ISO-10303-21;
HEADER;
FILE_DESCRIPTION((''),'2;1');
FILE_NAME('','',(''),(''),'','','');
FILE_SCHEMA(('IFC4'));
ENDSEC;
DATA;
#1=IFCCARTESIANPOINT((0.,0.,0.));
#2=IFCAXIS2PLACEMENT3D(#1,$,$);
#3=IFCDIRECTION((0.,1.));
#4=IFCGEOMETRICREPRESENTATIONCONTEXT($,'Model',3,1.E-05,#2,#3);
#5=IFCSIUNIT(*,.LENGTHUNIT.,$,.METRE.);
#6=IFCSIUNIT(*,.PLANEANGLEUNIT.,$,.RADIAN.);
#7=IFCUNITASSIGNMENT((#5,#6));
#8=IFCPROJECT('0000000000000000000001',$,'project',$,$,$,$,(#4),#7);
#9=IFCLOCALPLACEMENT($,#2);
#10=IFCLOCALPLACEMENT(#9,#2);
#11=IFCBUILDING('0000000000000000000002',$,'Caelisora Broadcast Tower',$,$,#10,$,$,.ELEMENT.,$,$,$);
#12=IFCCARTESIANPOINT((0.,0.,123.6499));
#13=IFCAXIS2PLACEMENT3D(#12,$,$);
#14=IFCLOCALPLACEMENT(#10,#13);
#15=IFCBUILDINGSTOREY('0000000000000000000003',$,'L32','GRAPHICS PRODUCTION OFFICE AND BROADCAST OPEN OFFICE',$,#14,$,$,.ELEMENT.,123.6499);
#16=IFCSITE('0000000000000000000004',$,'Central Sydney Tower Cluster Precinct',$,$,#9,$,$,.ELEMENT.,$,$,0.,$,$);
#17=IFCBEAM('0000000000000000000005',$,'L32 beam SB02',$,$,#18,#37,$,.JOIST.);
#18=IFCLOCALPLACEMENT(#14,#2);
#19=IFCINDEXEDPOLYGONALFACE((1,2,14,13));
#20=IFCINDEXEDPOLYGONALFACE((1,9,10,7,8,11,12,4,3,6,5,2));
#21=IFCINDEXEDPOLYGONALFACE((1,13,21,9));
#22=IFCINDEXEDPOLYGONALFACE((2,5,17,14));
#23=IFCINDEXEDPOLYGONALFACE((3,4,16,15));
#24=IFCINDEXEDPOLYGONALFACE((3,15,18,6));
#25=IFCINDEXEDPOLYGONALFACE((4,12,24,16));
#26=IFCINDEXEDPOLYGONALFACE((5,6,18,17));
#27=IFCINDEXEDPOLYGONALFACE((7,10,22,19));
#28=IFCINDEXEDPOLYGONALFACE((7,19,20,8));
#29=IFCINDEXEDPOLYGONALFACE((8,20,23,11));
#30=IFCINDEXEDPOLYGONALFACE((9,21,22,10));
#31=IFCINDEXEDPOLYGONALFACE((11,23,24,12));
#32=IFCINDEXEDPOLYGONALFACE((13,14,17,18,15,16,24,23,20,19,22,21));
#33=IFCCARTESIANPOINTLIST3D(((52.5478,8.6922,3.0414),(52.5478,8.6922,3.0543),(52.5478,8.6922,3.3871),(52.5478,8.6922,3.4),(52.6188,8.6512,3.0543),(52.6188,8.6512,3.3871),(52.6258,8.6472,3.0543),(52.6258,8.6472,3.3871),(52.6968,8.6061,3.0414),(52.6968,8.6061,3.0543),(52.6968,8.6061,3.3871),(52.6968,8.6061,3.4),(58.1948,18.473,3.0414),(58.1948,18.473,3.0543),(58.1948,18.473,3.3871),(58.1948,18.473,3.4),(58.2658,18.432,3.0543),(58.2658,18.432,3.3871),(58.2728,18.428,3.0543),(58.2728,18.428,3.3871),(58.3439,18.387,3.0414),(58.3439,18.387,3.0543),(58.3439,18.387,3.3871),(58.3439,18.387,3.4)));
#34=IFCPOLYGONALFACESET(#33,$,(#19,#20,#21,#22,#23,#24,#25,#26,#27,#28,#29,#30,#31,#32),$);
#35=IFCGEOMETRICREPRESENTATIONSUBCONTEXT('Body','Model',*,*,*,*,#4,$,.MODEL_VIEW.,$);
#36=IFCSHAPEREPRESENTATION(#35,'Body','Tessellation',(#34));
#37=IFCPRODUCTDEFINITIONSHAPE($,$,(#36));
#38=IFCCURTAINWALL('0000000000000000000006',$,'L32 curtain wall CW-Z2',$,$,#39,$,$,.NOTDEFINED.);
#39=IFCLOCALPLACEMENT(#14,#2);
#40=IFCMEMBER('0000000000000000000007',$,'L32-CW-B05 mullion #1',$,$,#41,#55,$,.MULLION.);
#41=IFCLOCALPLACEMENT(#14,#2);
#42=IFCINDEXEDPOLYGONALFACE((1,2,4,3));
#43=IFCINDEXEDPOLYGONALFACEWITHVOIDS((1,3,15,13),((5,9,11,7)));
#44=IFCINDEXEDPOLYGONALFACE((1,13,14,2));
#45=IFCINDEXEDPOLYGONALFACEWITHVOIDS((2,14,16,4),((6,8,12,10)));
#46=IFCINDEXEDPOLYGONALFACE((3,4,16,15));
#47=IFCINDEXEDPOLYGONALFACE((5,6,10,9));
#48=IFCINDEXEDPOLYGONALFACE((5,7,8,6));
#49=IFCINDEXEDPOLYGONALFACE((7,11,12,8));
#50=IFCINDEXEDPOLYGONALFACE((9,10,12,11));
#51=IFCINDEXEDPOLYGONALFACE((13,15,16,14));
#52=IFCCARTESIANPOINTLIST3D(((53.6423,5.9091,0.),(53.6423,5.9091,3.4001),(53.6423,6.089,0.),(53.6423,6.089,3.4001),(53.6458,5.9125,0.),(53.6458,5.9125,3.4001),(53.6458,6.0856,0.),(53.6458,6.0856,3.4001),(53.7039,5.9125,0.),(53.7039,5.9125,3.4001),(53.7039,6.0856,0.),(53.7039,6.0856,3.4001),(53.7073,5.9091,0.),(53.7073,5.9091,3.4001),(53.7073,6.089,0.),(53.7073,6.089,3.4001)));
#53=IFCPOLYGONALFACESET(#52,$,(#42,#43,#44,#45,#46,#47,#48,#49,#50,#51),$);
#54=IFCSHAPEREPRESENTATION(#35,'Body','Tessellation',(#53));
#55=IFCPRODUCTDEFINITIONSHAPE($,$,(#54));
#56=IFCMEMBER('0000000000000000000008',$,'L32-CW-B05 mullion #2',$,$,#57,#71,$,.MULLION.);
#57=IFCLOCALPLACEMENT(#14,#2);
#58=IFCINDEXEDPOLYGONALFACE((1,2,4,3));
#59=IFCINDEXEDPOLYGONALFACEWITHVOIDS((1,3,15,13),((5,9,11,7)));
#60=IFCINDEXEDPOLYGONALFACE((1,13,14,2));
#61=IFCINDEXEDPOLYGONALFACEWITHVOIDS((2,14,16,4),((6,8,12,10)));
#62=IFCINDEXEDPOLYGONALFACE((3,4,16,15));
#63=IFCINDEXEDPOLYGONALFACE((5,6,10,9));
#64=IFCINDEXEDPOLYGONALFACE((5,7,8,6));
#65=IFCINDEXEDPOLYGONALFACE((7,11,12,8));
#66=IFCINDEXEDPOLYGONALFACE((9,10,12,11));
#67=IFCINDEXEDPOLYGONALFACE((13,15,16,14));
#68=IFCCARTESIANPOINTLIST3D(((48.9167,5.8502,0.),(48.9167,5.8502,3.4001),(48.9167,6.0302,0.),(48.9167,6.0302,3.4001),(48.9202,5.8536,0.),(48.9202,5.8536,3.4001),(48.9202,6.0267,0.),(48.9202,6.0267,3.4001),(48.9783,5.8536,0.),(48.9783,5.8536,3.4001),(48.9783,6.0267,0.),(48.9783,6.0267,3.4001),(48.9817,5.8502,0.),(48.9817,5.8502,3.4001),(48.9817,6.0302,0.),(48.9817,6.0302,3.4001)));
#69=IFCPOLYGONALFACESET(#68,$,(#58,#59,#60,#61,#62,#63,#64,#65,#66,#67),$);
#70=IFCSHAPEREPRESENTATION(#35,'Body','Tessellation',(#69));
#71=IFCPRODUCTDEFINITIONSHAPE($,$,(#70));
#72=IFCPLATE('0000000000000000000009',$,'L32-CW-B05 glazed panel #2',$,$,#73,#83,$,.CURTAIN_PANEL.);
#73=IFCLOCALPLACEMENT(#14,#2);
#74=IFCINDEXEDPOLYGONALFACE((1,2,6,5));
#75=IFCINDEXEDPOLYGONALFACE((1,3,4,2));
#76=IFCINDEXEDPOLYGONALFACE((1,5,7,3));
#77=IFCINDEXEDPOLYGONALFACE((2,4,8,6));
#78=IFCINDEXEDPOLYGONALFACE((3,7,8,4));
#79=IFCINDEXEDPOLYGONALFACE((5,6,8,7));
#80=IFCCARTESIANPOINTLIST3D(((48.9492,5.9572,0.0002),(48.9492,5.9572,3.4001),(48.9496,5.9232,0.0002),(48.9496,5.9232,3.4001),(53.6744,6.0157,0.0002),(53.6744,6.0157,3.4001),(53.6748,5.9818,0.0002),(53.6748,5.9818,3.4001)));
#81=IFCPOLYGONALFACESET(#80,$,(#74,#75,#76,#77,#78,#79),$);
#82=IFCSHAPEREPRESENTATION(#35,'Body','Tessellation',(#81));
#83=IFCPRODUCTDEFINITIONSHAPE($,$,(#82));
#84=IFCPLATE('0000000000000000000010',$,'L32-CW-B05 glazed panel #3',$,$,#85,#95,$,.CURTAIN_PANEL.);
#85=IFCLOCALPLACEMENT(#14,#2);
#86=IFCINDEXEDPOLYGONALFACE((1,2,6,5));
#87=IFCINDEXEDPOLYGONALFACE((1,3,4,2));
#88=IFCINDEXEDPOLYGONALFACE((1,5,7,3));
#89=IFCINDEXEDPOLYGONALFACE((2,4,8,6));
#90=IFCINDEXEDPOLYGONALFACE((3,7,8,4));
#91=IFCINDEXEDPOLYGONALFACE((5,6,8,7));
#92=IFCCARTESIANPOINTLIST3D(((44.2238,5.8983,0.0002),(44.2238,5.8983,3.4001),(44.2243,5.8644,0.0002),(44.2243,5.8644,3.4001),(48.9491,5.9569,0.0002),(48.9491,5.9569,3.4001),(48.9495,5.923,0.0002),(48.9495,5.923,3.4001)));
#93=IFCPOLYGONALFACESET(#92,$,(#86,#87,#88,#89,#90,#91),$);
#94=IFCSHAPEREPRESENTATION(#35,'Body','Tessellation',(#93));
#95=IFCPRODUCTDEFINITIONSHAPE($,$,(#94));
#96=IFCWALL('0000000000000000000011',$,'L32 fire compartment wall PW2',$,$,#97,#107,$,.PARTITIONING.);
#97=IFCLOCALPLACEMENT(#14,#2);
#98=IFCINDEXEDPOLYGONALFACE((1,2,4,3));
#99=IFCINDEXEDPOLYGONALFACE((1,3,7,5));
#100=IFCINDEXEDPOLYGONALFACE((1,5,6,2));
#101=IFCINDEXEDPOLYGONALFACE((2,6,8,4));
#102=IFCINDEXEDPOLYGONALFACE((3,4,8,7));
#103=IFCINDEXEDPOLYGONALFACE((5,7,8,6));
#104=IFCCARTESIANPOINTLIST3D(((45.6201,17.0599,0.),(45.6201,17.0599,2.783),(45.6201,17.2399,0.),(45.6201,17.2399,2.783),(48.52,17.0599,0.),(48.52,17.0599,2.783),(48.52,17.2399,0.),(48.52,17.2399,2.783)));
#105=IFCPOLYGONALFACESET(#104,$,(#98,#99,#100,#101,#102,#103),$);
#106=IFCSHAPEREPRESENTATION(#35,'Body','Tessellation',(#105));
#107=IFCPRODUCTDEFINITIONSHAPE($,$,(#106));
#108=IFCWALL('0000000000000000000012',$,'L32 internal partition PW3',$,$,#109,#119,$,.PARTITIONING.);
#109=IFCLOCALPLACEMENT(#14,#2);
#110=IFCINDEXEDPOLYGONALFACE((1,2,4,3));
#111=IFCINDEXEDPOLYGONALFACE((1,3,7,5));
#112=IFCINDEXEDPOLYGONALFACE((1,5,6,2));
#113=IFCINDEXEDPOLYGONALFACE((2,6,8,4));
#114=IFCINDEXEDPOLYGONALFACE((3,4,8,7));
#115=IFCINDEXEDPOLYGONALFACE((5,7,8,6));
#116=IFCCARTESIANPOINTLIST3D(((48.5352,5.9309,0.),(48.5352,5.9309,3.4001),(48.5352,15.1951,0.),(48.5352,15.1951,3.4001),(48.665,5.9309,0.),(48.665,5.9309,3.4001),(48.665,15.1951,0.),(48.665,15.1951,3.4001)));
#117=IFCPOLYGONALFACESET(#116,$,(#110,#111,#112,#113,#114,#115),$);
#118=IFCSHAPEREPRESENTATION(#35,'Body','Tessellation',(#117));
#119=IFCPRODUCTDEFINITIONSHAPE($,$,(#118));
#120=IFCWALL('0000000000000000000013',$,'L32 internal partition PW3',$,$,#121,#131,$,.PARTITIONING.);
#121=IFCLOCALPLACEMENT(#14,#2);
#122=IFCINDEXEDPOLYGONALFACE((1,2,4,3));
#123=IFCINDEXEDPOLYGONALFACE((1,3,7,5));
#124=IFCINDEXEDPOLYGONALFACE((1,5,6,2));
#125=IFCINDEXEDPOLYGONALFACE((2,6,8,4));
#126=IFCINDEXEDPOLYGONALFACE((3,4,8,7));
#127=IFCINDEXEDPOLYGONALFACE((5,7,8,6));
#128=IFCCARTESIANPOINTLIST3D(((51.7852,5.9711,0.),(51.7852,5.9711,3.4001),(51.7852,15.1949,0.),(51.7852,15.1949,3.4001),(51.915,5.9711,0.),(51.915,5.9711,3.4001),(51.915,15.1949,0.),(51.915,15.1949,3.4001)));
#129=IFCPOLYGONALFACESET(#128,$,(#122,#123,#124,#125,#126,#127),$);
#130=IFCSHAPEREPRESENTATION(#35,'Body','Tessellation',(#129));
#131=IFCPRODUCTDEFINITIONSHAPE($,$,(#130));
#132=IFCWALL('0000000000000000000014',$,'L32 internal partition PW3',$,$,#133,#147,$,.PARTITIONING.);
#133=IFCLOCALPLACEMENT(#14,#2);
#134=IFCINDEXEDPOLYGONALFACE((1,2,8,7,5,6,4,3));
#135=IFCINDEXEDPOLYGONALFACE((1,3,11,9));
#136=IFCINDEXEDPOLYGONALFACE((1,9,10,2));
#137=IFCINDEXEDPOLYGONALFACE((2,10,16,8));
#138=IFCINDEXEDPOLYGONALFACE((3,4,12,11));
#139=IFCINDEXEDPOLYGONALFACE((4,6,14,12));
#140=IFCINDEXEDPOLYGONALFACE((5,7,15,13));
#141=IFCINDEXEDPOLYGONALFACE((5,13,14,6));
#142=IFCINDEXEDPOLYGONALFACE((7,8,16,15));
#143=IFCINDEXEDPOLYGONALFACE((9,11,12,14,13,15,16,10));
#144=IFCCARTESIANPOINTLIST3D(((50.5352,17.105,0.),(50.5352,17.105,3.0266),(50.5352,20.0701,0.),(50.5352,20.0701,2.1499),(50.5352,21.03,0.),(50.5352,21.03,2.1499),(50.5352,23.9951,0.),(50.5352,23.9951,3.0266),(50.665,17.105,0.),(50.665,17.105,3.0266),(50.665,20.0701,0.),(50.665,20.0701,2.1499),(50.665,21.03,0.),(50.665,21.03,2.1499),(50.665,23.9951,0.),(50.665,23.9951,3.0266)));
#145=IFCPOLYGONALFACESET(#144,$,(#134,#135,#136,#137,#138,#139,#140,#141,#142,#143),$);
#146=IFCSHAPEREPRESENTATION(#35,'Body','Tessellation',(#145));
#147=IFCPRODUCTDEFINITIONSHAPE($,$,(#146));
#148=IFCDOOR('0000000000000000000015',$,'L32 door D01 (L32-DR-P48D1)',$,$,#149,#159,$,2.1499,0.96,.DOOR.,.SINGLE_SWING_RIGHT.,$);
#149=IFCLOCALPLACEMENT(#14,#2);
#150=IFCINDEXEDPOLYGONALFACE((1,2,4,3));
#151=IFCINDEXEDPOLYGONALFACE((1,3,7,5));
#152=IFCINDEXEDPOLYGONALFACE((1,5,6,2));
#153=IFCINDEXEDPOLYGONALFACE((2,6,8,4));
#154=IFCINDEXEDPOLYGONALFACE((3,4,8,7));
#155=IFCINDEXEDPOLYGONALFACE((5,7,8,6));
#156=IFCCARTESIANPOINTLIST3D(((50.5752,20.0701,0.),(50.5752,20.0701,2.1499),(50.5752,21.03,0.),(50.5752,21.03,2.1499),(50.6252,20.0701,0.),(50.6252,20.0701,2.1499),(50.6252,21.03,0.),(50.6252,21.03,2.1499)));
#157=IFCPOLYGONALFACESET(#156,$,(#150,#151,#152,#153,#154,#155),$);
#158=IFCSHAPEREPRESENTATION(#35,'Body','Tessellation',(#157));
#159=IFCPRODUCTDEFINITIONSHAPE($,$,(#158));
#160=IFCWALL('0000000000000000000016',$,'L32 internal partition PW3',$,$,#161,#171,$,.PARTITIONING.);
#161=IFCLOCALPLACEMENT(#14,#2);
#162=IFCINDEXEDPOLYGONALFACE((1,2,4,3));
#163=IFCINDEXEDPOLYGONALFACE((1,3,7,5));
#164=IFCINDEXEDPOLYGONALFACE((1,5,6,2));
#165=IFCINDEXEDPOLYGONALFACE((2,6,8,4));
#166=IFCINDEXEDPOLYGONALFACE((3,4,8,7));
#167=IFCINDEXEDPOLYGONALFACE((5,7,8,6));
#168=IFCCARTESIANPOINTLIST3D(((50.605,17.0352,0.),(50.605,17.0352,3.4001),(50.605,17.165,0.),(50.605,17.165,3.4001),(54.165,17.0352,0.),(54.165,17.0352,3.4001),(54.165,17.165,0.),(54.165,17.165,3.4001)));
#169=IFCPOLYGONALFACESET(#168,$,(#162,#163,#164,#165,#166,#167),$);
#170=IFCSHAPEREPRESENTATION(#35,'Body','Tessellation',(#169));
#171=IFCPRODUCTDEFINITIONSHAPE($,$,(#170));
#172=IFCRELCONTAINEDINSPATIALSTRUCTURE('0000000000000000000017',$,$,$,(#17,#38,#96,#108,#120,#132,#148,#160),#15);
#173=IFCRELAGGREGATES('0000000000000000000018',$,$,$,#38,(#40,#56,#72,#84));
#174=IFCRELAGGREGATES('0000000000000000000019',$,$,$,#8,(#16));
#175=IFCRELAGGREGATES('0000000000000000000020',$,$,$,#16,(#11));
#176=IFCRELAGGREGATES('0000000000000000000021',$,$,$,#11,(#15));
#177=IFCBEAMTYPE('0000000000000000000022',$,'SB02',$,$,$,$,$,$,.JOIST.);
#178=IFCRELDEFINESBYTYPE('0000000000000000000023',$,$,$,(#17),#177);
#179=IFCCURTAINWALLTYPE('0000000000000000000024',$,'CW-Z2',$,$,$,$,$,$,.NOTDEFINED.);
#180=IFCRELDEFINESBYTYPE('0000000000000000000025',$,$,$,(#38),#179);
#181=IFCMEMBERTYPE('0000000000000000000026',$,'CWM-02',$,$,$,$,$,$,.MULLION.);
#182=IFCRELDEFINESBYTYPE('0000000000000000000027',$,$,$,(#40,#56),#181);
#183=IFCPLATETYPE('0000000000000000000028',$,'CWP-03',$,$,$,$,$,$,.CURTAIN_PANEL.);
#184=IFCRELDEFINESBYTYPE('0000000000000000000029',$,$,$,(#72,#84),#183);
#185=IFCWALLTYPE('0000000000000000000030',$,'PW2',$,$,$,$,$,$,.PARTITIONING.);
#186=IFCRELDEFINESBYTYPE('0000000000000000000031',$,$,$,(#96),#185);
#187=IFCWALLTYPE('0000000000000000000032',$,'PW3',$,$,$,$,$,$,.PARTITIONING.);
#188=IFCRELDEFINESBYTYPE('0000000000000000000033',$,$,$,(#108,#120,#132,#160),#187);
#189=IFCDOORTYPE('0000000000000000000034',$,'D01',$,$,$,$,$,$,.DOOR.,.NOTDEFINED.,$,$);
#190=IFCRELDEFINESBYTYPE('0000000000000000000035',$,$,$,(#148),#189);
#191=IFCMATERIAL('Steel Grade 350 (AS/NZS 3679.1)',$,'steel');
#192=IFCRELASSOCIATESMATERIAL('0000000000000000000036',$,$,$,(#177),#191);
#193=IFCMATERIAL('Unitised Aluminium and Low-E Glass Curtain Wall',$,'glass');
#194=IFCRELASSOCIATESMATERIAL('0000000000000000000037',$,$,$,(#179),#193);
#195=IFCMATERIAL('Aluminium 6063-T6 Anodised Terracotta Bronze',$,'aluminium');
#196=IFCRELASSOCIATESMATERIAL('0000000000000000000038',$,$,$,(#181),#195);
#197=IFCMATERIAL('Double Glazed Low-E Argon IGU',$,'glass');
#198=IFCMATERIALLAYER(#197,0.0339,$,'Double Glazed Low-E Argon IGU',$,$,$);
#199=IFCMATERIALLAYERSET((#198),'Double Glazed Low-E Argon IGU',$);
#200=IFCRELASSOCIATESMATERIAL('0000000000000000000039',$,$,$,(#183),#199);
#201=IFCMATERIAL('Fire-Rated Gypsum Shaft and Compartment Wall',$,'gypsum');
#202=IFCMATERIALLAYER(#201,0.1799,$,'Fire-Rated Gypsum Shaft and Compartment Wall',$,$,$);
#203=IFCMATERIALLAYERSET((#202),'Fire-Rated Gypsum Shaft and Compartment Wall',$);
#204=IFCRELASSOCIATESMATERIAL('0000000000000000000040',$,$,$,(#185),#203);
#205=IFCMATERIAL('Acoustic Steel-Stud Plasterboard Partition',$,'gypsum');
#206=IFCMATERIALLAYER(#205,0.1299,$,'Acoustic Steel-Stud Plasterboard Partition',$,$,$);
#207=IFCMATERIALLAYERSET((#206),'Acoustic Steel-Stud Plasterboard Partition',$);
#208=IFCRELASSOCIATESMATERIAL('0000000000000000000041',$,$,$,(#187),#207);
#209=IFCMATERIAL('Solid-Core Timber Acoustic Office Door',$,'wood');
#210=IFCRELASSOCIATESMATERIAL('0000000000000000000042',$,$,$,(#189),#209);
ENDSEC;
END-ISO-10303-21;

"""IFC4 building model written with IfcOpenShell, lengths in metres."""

from ifc_helpers import new_model, si_unit, direction, frame, frame_2d, origin, origin_2d, place, context, subcontext, project, spatial, rectangle, hollow_rectangle, i_section, extrude, source, transform, mapped, material, layer, layer_set, material_profile, profile_set, type_object, type_shapes, element, fill, aggregate, save


model = new_model("IFC4")

# Units and contexts
model_context = context("Model", 3, precision=1e-05, world=origin(), true_north=direction((0.0, 1.0)))
body_context = subcontext(model_context, "Body", "Model", "MODEL_VIEW")
ifc_project = project(units=[si_unit("LENGTHUNIT", "METRE"), si_unit("PLANEANGLEUNIT", "RADIAN")], contexts=[model_context])

# Site, building, storey
site_placement = place(None, origin())
site = spatial("IfcSite", under=ifc_project, at=site_placement, Name="Central Sydney Tower Cluster Precinct", CompositionType="ELEMENT", RefElevation=0.0)
building_placement = place(site_placement, origin())
building = spatial("IfcBuilding", under=site, at=building_placement, Name="Caelisora Broadcast Tower", CompositionType="ELEMENT")
storey_placement = place(building_placement, frame((0.0, 0.0, 123.6499)))
storey = spatial("IfcBuildingStorey", under=building, at=storey_placement, Name="L32", Description="GRAPHICS PRODUCTION OFFICE AND BROADCAST OPEN OFFICE", CompositionType="ELEMENT", Elevation=123.6499)

# Beam
ifc_material_1 = material(Name="Steel Grade 350 (AS/NZS 3679.1)", Category="steel")
ifc_material_profile_1 = material_profile(ifc_material_1, i_section(OverallWidth=0.1721, OverallDepth=0.3586, WebThickness=0.0081, FlangeThickness=0.0129, at=origin_2d()), Name="Steel Grade 350 (AS/NZS 3679.1)")
ifc_profile_set_1 = profile_set([ifc_material_profile_1], Name="Steel Grade 350 (AS/NZS 3679.1)")
beam_type_1 = type_object("IfcBeamType", Name="SB02", PredefinedType="JOIST", material=ifc_profile_set_1)
shared_shape_1 = source(origin(), body_context, "Body", "SweptSolid", [
    extrude(i_section(OverallWidth=0.1721, OverallDepth=0.3586, WebThickness=0.0081, FlangeThickness=0.0129, at=origin_2d()), origin(), (0.0, 0.0, 1.0), 11.2939),
])
beam_1_placement = place(storey_placement, frame((52.6223, 8.6492, 3.2207), z_axis=(0.500003, 0.866024, 0.0), x_axis=(-0.866024, 0.500003, 0.0)))
element("IfcBeam", 1, at=beam_1_placement, inside=storey, type_object=beam_type_1, Name="L32 beam SB02", PredefinedType="JOIST", context=body_context, shape_type="MappedRepresentation", body=[
    mapped(shared_shape_1, transform((0.0, 0.0, 0.0), scale=1.0)),
])

# Curtain wall, members, plates
ifc_material_2 = material(Name="Unitised Aluminium and Low-E Glass Curtain Wall", Category="glass")
curtain_wall_type = type_object("IfcCurtainWallType", Name="CW-Z2", PredefinedType="NOTDEFINED", material=ifc_material_2)
curtain_wall_placement = place(storey_placement, origin())
curtain_wall = element("IfcCurtainWall", 2, at=curtain_wall_placement, inside=storey, type_object=curtain_wall_type, Name="L32 curtain wall CW-Z2", PredefinedType="NOTDEFINED")
ifc_material_3 = material(Name="Aluminium 6063-T6 Anodised Terracotta Bronze", Category="aluminium")
ifc_material_profile_2 = material_profile(ifc_material_3, hollow_rectangle(XDim=0.0649, YDim=0.1799, WallThickness=0.0034, at=origin_2d()), Name="Aluminium 6063-T6 Anodised Terracotta Bronze")
ifc_profile_set_2 = profile_set([ifc_material_profile_2], Name="Aluminium 6063-T6 Anodised Terracotta Bronze")
member_type = type_object("IfcMemberType", Name="CWM-02", PredefinedType="MULLION", material=ifc_profile_set_2)
shared_shape_2 = source(origin(), body_context, "Body", "SweptSolid", [
    extrude(hollow_rectangle(XDim=0.0649, YDim=0.1799, WallThickness=0.0034, at=origin_2d()), origin(), (0.0, 0.0, 1.0), 3.4001),
])
type_shapes(member_type, [shared_shape_2])
member_1_placement = place(storey_placement, frame((53.6748, 5.999, 0.0), z_axis=(0.0, 0.0, 1.0), x_axis=(1.0, 0.0, 0.0)))
member_1 = element("IfcMember", 3, at=member_1_placement, type_object=member_type, Name="L32-CW-B05 mullion #1", PredefinedType="MULLION", context=body_context, shape_type="MappedRepresentation", body=[
    mapped(shared_shape_2, transform((0.0, 0.0, 0.0), scale=1.0)),
])
member_2_placement = place(storey_placement, frame((48.9492, 5.9402, 0.0), z_axis=(0.0, 0.0, 1.0), x_axis=(1.0, 0.0, 0.0)))
member_2 = element("IfcMember", 4, at=member_2_placement, type_object=member_type, Name="L32-CW-B05 mullion #2", PredefinedType="MULLION", context=body_context, shape_type="MappedRepresentation", body=[
    mapped(shared_shape_2, transform((0.0, 0.0, 0.0), scale=1.0)),
])
ifc_material_4 = material(Name="Double Glazed Low-E Argon IGU", Category="glass")
ifc_layer_1 = layer(ifc_material_4, 0.0339, Name="Double Glazed Low-E Argon IGU")
ifc_layer_set_1 = layer_set([ifc_layer_1], Name="Double Glazed Low-E Argon IGU")
plate_type = type_object("IfcPlateType", Name="CWP-03", PredefinedType="CURTAIN_PANEL", material=ifc_layer_set_1)
shared_shape_3 = source(origin(), body_context, "Body", "SweptSolid", [
    extrude(rectangle(XDim=4.7256, YDim=0.0339, at=origin_2d()), origin(), (0.0, 0.0, 1.0), 3.3999),
])
type_shapes(plate_type, [shared_shape_3])
plate_1_placement = place(storey_placement, frame((51.312, 5.9695, 0.0002), z_axis=(0.0, 0.0, 1.0), x_axis=(-0.999923, -0.012392, 0.0)))
plate_1 = element("IfcPlate", 5, at=plate_1_placement, type_object=plate_type, Name="L32-CW-B05 glazed panel #2", PredefinedType="CURTAIN_PANEL", context=body_context, shape_type="MappedRepresentation", body=[
    mapped(shared_shape_3, transform((0.0, 0.0, 0.0), scale=1.0)),
])
plate_2_placement = place(storey_placement, frame((46.5867, 5.9106, 0.0002), z_axis=(0.0, 0.0, 1.0), x_axis=(-0.999923, -0.012392, 0.0)))
plate_2 = element("IfcPlate", 6, at=plate_2_placement, type_object=plate_type, Name="L32-CW-B05 glazed panel #3", PredefinedType="CURTAIN_PANEL", context=body_context, shape_type="MappedRepresentation", body=[
    mapped(shared_shape_3, transform((0.0, 0.0, 0.0), scale=1.0)),
])
aggregate(curtain_wall, [member_1, member_2, plate_1, plate_2])

# Shared definitions
ifc_material_5 = material(Name="Fire-Rated Gypsum Shaft and Compartment Wall", Category="gypsum")
ifc_layer_2 = layer(ifc_material_5, 0.1799, Name="Fire-Rated Gypsum Shaft and Compartment Wall")
ifc_layer_set_2 = layer_set([ifc_layer_2], Name="Fire-Rated Gypsum Shaft and Compartment Wall")
wall_type_1 = type_object("IfcWallType", Name="PW2", PredefinedType="PARTITIONING", material=ifc_layer_set_2)

# Walls
wall_1_placement = place(storey_placement, frame((45.6201, 17.1499, 0.0), z_axis=(0.0, 0.0, 1.0), x_axis=(1.0, 0.0, 0.0)))
element("IfcWall", 7, at=wall_1_placement, inside=storey, type_object=wall_type_1, Name="L32 fire compartment wall PW2", PredefinedType="PARTITIONING", context=body_context, shape_type="SweptSolid", body=[
    extrude(rectangle(XDim=2.8999, YDim=0.1799, at=frame_2d((1.45, 0.0))), origin(), (0.0, 0.0, 1.0), 2.783),
])
ifc_material_6 = material(Name="Acoustic Steel-Stud Plasterboard Partition", Category="gypsum")
ifc_layer_3 = layer(ifc_material_6, 0.1299, Name="Acoustic Steel-Stud Plasterboard Partition")
ifc_layer_set_3 = layer_set([ifc_layer_3], Name="Acoustic Steel-Stud Plasterboard Partition")
wall_type_2 = type_object("IfcWallType", Name="PW3", PredefinedType="PARTITIONING", material=ifc_layer_set_3)
wall_2_placement = place(storey_placement, frame((48.6001, 5.9309, 0.0), z_axis=(0.0, 0.0, 1.0), x_axis=(0.0, 1.0, 0.0)))
element("IfcWall", 8, at=wall_2_placement, inside=storey, type_object=wall_type_2, Name="L32 internal partition PW3", PredefinedType="PARTITIONING", context=body_context, shape_type="SweptSolid", body=[
    extrude(rectangle(XDim=9.2642, YDim=0.1299, at=frame_2d((4.6321, 0.0))), origin(), (0.0, 0.0, 1.0), 3.4001),
])
wall_3_placement = place(storey_placement, frame((51.8501, 5.9712, 0.0), z_axis=(0.0, 0.0, 1.0), x_axis=(0.0, 1.0, 0.0)))
element("IfcWall", 9, at=wall_3_placement, inside=storey, type_object=wall_type_2, Name="L32 internal partition PW3", PredefinedType="PARTITIONING", context=body_context, shape_type="SweptSolid", body=[
    extrude(rectangle(XDim=9.2239, YDim=0.1299, at=frame_2d((4.6118, 0.0))), origin(), (0.0, 0.0, 1.0), 3.4001),
])

# Wall, opening, door
wall_4_placement = place(storey_placement, frame((50.6001, 17.105, 0.0), z_axis=(0.0, 0.0, 1.0), x_axis=(0.0, 1.0, 0.0)))
wall_4 = element("IfcWall", 10, at=wall_4_placement, inside=storey, type_object=wall_type_2, Name="L32 internal partition PW3", PredefinedType="PARTITIONING", context=body_context, shape_type="SweptSolid", body=[
    extrude(rectangle(XDim=6.8901, YDim=0.1299, at=frame_2d((3.4451, 0.0))), origin(), (0.0, 0.0, 1.0), 3.0266),
])
opening_1_placement = place(wall_4_placement, frame((2.9651, 0.0, 0.0)))
opening_1 = element("IfcOpeningElement", 11, at=opening_1_placement, cuts=wall_4, PredefinedType="OPENING", context=body_context, shape_type="SweptSolid", body=[
    extrude(rectangle(XDim=0.96, YDim=2.1499, at=frame_2d((0.48, 1.075))), frame((0.0, 0.0769, 0.0), z_axis=(0.0, -1.0, 0.0), x_axis=(1.0, 0.0, 0.0)), (0.0, 0.0, 1.0), 0.1538),
])
ifc_material_7 = material(Name="Solid-Core Timber Acoustic Office Door", Category="wood")
door_type_1 = type_object("IfcDoorType", Name="D01", OperationType="NOTDEFINED", PredefinedType="DOOR", material=ifc_material_7)
door_1_placement = place(opening_1_placement, origin())
door_1 = element("IfcDoor", 12, at=door_1_placement, inside=storey, type_object=door_type_1, Name="L32 door D01 (L32-DR-P48D1)", OperationType="SINGLE_SWING_RIGHT", OverallHeight=2.1499, OverallWidth=0.96, PredefinedType="DOOR", context=body_context, shape_type="SweptSolid", body=[
    extrude(rectangle(XDim=0.96, YDim=2.1499, at=frame_2d((0.48, 1.075))), frame((0.0, 0.0249, 0.0), z_axis=(0.0, -1.0, 0.0), x_axis=(1.0, 0.0, 0.0)), (0.0, 0.0, 1.0), 0.05),
])
fill(opening_1, door_1)

# Wall
wall_5_placement = place(storey_placement, frame((54.165, 17.1001, 0.0), z_axis=(0.0, 0.0, 1.0), x_axis=(-1.0, 0.0, 0.0)))
element("IfcWall", 13, at=wall_5_placement, inside=storey, type_object=wall_type_2, Name="L32 internal partition PW3", PredefinedType="PARTITIONING", context=body_context, shape_type="SweptSolid", body=[
    extrude(rectangle(XDim=3.5601, YDim=0.1299, at=frame_2d((1.78, 0.0))), origin(), (0.0, 0.0, 1.0), 3.4001),
])

save(model, "model.ifc")
